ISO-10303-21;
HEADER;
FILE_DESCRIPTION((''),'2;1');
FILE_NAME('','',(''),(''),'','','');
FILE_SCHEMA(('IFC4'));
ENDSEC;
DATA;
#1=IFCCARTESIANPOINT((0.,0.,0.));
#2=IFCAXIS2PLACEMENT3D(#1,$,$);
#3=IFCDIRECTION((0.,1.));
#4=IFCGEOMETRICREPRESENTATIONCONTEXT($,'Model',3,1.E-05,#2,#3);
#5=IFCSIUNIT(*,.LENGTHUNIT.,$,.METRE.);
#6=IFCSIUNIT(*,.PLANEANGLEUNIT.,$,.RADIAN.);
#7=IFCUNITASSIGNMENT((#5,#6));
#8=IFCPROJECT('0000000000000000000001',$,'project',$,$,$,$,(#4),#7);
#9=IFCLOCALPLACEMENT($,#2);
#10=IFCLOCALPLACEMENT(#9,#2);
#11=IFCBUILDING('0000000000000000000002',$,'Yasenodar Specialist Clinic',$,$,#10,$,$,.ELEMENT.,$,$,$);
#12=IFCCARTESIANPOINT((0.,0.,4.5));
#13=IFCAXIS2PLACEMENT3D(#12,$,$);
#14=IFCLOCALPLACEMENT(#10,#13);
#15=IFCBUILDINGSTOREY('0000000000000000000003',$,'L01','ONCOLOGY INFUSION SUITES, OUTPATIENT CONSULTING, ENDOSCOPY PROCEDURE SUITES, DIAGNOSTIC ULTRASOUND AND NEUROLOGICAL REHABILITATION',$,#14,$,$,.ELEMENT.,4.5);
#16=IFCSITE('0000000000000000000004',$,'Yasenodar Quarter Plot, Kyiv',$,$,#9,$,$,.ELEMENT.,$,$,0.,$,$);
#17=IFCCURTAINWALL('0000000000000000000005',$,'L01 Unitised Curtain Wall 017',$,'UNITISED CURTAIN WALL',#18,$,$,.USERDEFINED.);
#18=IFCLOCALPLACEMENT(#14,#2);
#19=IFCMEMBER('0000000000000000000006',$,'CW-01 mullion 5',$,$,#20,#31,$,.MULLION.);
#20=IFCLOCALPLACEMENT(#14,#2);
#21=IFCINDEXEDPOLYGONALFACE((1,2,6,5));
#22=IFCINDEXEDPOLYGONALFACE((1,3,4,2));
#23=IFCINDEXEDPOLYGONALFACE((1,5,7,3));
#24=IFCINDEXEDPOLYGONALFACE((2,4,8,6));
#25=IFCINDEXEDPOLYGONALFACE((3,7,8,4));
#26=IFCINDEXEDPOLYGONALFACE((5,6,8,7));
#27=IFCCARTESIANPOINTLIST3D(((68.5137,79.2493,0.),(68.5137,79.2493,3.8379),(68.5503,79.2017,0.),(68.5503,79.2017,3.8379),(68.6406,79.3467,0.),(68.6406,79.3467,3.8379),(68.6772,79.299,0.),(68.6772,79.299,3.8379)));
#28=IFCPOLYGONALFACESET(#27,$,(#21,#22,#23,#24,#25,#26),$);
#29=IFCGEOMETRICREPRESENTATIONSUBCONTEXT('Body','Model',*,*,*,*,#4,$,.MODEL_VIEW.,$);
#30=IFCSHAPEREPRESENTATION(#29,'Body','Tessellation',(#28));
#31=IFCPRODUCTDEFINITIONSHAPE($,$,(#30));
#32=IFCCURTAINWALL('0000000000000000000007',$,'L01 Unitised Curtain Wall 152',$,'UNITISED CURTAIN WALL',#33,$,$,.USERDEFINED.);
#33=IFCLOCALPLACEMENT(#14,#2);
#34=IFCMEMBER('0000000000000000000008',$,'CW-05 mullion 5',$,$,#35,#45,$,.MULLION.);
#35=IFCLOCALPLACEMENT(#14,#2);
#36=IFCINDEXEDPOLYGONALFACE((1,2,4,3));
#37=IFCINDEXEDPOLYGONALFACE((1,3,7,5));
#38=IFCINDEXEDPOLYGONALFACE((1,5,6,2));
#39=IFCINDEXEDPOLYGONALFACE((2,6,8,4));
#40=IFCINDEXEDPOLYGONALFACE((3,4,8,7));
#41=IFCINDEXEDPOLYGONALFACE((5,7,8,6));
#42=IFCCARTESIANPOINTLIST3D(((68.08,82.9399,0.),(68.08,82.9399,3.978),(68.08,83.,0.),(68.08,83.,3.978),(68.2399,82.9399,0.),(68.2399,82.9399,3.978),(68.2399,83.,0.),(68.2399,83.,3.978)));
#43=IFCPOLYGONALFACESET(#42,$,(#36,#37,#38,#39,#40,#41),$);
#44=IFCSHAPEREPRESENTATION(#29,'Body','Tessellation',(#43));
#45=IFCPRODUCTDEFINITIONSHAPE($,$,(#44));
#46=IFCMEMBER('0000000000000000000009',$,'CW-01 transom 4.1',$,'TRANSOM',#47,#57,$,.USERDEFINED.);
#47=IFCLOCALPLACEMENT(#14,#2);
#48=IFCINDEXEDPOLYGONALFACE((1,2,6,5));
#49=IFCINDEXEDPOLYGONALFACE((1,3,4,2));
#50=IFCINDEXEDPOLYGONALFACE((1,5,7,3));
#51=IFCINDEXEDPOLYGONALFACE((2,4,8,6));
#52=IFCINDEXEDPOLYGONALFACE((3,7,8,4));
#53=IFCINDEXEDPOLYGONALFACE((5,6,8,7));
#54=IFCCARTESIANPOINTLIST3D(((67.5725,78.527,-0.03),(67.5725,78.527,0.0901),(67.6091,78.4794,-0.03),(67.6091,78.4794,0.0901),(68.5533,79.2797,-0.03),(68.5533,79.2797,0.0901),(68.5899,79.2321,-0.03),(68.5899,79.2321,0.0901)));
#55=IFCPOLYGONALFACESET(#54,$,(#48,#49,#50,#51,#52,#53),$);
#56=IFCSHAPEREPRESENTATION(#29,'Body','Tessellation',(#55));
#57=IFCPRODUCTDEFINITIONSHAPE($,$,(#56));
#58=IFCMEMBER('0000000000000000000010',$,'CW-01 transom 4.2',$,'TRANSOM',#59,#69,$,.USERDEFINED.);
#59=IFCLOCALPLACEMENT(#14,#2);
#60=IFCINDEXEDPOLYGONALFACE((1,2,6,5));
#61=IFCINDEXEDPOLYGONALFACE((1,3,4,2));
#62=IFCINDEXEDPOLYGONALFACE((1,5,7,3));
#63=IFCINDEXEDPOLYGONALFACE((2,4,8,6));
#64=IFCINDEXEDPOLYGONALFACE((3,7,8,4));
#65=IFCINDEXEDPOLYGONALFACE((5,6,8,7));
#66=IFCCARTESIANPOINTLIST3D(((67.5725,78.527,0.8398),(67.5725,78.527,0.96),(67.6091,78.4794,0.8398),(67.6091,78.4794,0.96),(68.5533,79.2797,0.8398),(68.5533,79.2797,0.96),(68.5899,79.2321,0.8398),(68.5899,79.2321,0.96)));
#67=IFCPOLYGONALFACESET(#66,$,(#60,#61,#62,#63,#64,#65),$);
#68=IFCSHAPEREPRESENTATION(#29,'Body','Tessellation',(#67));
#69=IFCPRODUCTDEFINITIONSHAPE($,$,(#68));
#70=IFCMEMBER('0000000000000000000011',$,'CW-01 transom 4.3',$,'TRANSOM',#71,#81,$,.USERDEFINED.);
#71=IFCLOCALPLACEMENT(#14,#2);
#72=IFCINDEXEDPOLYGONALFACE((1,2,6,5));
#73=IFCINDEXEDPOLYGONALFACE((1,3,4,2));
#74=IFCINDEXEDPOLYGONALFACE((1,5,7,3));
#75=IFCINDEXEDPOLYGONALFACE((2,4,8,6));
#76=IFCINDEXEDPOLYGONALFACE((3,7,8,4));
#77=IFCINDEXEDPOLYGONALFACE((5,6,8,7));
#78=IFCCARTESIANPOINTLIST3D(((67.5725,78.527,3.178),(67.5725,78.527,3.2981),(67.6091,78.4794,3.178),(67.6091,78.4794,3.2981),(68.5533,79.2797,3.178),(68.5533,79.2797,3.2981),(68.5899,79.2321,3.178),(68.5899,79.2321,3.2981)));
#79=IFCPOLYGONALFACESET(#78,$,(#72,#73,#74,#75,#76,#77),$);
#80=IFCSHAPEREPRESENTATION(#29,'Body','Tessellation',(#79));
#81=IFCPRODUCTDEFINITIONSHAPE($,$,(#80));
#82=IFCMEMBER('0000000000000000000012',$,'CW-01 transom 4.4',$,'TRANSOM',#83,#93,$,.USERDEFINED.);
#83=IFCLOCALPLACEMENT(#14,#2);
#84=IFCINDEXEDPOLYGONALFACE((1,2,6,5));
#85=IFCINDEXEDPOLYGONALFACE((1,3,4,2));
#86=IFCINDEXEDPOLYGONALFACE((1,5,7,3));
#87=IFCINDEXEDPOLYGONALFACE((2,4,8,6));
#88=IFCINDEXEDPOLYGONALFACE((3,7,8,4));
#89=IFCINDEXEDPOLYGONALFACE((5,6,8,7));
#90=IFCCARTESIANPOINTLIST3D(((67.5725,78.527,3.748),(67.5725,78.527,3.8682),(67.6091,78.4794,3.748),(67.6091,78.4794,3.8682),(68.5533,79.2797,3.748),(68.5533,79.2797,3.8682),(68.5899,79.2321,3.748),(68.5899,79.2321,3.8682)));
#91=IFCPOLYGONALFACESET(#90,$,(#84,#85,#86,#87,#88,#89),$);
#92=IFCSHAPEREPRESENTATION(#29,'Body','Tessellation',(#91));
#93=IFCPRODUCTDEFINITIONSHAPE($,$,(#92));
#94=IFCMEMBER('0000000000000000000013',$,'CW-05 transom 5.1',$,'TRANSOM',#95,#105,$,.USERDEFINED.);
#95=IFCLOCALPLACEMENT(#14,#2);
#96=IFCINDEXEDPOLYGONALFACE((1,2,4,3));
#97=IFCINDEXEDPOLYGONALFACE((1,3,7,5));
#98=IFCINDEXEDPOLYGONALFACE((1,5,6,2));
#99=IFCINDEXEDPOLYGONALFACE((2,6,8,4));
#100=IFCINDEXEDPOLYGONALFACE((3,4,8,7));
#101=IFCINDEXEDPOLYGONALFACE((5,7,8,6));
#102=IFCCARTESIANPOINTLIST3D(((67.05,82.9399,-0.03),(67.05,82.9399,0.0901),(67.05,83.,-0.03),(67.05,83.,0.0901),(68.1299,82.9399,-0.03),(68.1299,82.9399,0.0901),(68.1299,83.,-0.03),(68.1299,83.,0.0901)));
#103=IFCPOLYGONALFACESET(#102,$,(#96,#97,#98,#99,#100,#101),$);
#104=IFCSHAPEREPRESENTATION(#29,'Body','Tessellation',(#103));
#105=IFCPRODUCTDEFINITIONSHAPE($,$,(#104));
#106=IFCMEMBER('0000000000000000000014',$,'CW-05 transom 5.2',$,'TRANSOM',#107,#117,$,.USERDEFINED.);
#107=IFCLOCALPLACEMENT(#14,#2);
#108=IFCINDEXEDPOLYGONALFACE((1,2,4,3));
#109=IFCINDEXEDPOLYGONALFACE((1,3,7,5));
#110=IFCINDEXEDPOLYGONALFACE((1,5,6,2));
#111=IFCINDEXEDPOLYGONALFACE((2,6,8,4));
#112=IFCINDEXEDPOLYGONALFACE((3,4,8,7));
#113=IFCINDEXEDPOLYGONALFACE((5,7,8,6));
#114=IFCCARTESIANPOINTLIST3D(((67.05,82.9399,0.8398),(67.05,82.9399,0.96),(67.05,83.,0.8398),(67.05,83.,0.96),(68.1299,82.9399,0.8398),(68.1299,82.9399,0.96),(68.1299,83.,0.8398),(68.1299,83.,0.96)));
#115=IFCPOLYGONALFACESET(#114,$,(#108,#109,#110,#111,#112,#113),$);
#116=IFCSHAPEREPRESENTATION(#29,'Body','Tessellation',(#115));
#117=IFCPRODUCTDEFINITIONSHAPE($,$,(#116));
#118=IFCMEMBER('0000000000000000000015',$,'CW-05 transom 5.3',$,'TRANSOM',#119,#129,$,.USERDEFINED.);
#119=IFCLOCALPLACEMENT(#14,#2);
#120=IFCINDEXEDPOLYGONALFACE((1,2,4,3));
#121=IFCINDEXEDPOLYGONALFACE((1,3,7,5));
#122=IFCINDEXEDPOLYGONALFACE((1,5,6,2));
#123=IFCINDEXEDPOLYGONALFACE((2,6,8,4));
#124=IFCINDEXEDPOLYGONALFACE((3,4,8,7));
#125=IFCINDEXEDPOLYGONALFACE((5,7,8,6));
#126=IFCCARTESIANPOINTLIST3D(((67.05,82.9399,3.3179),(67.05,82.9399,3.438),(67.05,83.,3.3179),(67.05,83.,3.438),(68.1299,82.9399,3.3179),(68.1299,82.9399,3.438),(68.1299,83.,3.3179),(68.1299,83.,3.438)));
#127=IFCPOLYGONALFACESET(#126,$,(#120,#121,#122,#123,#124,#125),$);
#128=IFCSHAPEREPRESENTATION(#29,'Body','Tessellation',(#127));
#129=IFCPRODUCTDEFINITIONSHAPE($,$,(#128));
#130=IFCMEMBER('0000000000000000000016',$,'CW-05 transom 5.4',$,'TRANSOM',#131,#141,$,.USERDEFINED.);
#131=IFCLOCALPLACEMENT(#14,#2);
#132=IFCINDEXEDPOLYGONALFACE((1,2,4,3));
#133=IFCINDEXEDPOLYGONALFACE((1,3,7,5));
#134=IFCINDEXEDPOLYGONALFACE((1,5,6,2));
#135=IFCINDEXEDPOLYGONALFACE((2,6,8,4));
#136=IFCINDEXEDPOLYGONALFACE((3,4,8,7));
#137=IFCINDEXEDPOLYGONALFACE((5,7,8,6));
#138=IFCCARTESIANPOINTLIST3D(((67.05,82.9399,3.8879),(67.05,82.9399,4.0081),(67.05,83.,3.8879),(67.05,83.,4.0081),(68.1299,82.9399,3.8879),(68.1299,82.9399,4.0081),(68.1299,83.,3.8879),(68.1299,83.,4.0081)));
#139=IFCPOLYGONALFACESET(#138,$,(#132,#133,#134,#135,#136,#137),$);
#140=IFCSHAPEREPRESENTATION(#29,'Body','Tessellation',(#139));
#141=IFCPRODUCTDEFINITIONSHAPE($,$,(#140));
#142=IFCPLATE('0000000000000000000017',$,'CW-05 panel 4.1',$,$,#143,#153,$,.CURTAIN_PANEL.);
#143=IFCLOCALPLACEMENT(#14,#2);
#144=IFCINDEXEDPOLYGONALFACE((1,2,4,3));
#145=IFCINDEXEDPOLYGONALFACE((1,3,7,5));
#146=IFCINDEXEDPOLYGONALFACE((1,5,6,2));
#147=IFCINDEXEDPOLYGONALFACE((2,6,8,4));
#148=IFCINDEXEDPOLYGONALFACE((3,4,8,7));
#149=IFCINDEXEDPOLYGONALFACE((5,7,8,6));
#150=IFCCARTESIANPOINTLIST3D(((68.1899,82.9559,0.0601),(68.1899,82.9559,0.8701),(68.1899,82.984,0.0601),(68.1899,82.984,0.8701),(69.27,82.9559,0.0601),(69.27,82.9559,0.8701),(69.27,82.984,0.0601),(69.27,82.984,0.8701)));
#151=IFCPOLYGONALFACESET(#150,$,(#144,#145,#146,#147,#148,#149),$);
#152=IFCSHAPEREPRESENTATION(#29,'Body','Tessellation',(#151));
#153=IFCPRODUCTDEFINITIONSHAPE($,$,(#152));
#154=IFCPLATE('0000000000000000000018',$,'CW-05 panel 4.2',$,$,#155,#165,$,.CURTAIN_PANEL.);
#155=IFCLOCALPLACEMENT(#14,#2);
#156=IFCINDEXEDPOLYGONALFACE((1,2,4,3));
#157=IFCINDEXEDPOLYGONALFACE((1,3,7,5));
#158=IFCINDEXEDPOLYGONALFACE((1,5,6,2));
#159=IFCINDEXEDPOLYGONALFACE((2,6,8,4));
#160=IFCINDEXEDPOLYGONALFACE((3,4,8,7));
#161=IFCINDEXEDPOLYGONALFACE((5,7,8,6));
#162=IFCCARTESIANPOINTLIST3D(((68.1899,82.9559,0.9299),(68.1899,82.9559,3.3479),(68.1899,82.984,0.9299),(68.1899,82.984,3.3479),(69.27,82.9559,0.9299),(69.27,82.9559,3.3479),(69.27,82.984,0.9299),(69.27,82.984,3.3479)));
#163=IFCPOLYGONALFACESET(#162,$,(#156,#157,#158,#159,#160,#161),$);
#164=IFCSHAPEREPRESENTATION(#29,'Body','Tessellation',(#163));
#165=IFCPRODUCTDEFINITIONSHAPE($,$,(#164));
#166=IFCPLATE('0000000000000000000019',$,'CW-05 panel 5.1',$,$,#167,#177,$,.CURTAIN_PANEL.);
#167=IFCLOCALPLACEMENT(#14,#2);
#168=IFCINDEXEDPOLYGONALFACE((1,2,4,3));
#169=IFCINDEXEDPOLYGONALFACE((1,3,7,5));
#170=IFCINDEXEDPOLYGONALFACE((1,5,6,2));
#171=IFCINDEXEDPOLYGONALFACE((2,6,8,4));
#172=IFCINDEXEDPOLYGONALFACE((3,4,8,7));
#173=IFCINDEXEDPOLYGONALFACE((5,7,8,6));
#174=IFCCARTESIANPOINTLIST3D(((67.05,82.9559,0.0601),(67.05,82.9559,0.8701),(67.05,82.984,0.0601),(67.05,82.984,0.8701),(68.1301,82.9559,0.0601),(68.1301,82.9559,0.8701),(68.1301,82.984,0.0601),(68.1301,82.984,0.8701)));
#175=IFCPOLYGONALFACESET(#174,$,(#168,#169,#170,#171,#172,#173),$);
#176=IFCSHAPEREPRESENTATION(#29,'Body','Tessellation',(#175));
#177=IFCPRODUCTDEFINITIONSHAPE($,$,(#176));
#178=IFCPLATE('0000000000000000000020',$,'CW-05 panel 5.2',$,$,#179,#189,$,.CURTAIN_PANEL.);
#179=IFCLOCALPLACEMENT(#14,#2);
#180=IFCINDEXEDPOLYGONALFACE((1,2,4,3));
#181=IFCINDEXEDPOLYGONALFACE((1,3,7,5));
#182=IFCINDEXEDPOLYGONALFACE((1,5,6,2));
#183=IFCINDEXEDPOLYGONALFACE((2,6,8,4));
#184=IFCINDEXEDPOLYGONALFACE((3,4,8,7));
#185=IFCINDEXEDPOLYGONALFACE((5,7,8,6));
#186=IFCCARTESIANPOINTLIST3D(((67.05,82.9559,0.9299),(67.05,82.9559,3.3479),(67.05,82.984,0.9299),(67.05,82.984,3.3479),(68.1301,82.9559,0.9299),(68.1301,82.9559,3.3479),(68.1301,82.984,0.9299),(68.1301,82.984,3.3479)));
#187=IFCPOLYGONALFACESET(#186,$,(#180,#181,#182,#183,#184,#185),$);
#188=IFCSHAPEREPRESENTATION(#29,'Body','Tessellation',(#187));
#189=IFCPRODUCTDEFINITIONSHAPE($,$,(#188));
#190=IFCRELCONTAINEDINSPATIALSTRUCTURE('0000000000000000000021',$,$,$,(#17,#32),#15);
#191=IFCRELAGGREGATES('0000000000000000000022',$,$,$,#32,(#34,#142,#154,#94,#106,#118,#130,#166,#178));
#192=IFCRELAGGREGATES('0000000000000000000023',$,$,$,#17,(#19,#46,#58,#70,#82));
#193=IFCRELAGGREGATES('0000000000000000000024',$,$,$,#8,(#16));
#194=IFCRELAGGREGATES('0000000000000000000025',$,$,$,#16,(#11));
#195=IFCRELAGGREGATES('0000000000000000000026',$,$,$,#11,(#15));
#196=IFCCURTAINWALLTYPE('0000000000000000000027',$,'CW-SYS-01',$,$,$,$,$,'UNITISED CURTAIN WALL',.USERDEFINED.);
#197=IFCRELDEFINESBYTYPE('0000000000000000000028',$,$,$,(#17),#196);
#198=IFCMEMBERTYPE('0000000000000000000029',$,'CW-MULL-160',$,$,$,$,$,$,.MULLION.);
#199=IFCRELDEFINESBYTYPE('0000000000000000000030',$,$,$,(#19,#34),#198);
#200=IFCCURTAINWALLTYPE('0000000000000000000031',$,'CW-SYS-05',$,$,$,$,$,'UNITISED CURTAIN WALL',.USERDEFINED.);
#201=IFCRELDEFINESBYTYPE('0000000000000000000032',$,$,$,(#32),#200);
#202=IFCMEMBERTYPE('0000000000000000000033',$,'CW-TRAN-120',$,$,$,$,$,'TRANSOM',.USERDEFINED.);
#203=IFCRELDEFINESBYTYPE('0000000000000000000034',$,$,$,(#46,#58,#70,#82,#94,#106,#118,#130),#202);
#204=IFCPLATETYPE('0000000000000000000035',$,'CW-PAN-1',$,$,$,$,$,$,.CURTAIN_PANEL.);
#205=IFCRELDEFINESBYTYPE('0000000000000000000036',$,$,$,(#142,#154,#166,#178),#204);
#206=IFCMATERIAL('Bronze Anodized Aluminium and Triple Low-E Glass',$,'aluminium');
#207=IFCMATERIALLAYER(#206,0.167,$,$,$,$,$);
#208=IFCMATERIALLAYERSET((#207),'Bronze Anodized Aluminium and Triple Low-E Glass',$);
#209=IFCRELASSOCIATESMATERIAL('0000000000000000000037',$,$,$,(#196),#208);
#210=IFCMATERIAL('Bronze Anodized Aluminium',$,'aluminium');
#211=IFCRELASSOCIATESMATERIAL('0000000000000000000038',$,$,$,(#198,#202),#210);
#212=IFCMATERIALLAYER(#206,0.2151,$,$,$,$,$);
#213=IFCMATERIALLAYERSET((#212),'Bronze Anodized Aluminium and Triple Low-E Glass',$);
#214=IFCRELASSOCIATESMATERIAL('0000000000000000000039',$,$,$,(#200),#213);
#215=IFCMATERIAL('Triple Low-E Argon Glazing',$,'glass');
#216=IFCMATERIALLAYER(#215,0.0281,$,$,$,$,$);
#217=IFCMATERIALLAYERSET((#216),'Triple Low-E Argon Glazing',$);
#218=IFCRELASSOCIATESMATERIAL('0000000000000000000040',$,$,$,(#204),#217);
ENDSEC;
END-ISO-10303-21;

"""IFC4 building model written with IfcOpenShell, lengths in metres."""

from ifc_helpers import new_model, si_unit, direction, frame, origin, origin_2d, place, context, subcontext, project, spatial, rectangle, extrude, material, layer, layer_set, material_profile, profile_set, type_object, element, aggregate, save


model = new_model("IFC4")

# Units and contexts
model_context = context("Model", 3, precision=1e-05, world=origin(), true_north=direction((0.0, 1.0)))
body_context = subcontext(model_context, "Body", "Model", "MODEL_VIEW")
ifc_project = project(units=[si_unit("LENGTHUNIT", "METRE"), si_unit("PLANEANGLEUNIT", "RADIAN")], contexts=[model_context])

# Site, building, storey
site_placement = place(None, origin())
site = spatial("IfcSite", under=ifc_project, at=site_placement, Name="Yasenodar Quarter Plot, Kyiv", CompositionType="ELEMENT", RefElevation=0.0)
building_placement = place(site_placement, origin())
building = spatial("IfcBuilding", under=site, at=building_placement, Name="Yasenodar Specialist Clinic", CompositionType="ELEMENT")
storey_placement = place(building_placement, frame((0.0, 0.0, 4.5)))
storey = spatial("IfcBuildingStorey", under=building, at=storey_placement, Name="L01", Description="ONCOLOGY INFUSION SUITES, OUTPATIENT CONSULTING, ENDOSCOPY PROCEDURE SUITES, DIAGNOSTIC ULTRASOUND AND NEUROLOGICAL REHABILITATION", CompositionType="ELEMENT", Elevation=4.5)

# Curtain walls, members
ifc_material_1 = material(Name="Bronze Anodized Aluminium and Triple Low-E Glass", Category="aluminium")
ifc_layer_1 = layer(ifc_material_1, 0.167)
ifc_layer_set_1 = layer_set([ifc_layer_1], Name="Bronze Anodized Aluminium and Triple Low-E Glass")
curtain_wall_type_1 = type_object("IfcCurtainWallType", Name="CW-SYS-01", ElementType="UNITISED CURTAIN WALL", PredefinedType="USERDEFINED", material=ifc_layer_set_1)
curtain_wall_1_placement = place(storey_placement, origin())
curtain_wall_1 = element("IfcCurtainWall", 1, at=curtain_wall_1_placement, inside=storey, type_object=curtain_wall_type_1, Name="L01 Unitised Curtain Wall 017", ObjectType="UNITISED CURTAIN WALL", PredefinedType="USERDEFINED")
ifc_material_2 = material(Name="Bronze Anodized Aluminium", Category="aluminium")
ifc_material_profile_1 = material_profile(ifc_material_2, rectangle(XDim=0.0601, YDim=0.1599, at=origin_2d()), Name="CW-MULL 60x160")
ifc_profile_set_1 = profile_set([ifc_material_profile_1], Name="Bronze Anodized Aluminium")
member_type_1 = type_object("IfcMemberType", Name="CW-MULL-160", PredefinedType="MULLION", material=ifc_profile_set_1)
member_1_placement = place(storey_placement, frame((68.5955, 79.2742, 0.0), z_axis=(0.0, 0.0, 1.0), x_axis=(-0.608752, 0.793361, 0.0)))
member_1 = element("IfcMember", 2, at=member_1_placement, type_object=member_type_1, Name="CW-01 mullion 5", PredefinedType="MULLION", context=body_context, shape_type="SweptSolid", body=[
    extrude(rectangle(XDim=0.0601, YDim=0.1599, at=origin_2d()), origin(), (0.0, 0.0, 1.0), 3.8379),
])
ifc_layer_2 = layer(ifc_material_1, 0.2151)
ifc_layer_set_2 = layer_set([ifc_layer_2], Name="Bronze Anodized Aluminium and Triple Low-E Glass")
curtain_wall_type_2 = type_object("IfcCurtainWallType", Name="CW-SYS-05", ElementType="UNITISED CURTAIN WALL", PredefinedType="USERDEFINED", material=ifc_layer_set_2)
curtain_wall_2_placement = place(storey_placement, origin())
curtain_wall_2 = element("IfcCurtainWall", 3, at=curtain_wall_2_placement, inside=storey, type_object=curtain_wall_type_2, Name="L01 Unitised Curtain Wall 152", ObjectType="UNITISED CURTAIN WALL", PredefinedType="USERDEFINED")
member_2_placement = place(storey_placement, frame((68.1599, 82.97, 0.0), z_axis=(0.0, 0.0, 1.0), x_axis=(0.0, -1.0, 0.0)))
member_2 = element("IfcMember", 4, at=member_2_placement, type_object=member_type_1, Name="CW-05 mullion 5", PredefinedType="MULLION", context=body_context, shape_type="SweptSolid", body=[
    extrude(rectangle(XDim=0.0601, YDim=0.1599, at=origin_2d()), origin(), (0.0, 0.0, 1.0), 3.978),
])

# Members
ifc_material_profile_2 = material_profile(ifc_material_2, rectangle(XDim=0.0601, YDim=0.1201, at=origin_2d()), Name="CW-TRAN 60x120")
ifc_profile_set_2 = profile_set([ifc_material_profile_2], Name="Bronze Anodized Aluminium")
member_type_2 = type_object("IfcMemberType", Name="CW-TRAN-120", ElementType="TRANSOM", PredefinedType="USERDEFINED", material=ifc_profile_set_2)
member_3_placement = place(storey_placement, frame((67.5908, 78.5032, 0.03), z_axis=(0.793292, 0.608842, 0.0), x_axis=(-0.608842, 0.793292, 0.0)))
member_3 = element("IfcMember", 5, at=member_3_placement, type_object=member_type_2, Name="CW-01 transom 4.1", ObjectType="TRANSOM", PredefinedType="USERDEFINED", context=body_context, shape_type="SweptSolid", body=[
    extrude(rectangle(XDim=0.0601, YDim=0.1201, at=origin_2d()), origin(), (0.0, 0.0, 1.0), 1.2363),
])
member_4_placement = place(storey_placement, frame((67.5908, 78.5032, 0.8999), z_axis=(0.793292, 0.608842, 0.0), x_axis=(-0.608842, 0.793292, 0.0)))
member_4 = element("IfcMember", 6, at=member_4_placement, type_object=member_type_2, Name="CW-01 transom 4.2", ObjectType="TRANSOM", PredefinedType="USERDEFINED", context=body_context, shape_type="SweptSolid", body=[
    extrude(rectangle(XDim=0.0601, YDim=0.1201, at=origin_2d()), origin(), (0.0, 0.0, 1.0), 1.2363),
])
member_5_placement = place(storey_placement, frame((67.5908, 78.5032, 3.238), z_axis=(0.793292, 0.608842, 0.0), x_axis=(-0.608842, 0.793292, 0.0)))
member_5 = element("IfcMember", 7, at=member_5_placement, type_object=member_type_2, Name="CW-01 transom 4.3", ObjectType="TRANSOM", PredefinedType="USERDEFINED", context=body_context, shape_type="SweptSolid", body=[
    extrude(rectangle(XDim=0.0601, YDim=0.1201, at=origin_2d()), origin(), (0.0, 0.0, 1.0), 1.2363),
])
member_6_placement = place(storey_placement, frame((67.5908, 78.5032, 3.8081), z_axis=(0.793292, 0.608842, 0.0), x_axis=(-0.608842, 0.793292, 0.0)))
member_6 = element("IfcMember", 8, at=member_6_placement, type_object=member_type_2, Name="CW-01 transom 4.4", ObjectType="TRANSOM", PredefinedType="USERDEFINED", context=body_context, shape_type="SweptSolid", body=[
    extrude(rectangle(XDim=0.0601, YDim=0.1201, at=origin_2d()), origin(), (0.0, 0.0, 1.0), 1.2363),
])
member_7_placement = place(storey_placement, frame((68.1299, 82.97, 0.03), z_axis=(-1.0, 0.0, 0.0), x_axis=(0.0, -1.0, 0.0)))
member_7 = element("IfcMember", 9, at=member_7_placement, type_object=member_type_2, Name="CW-05 transom 5.1", ObjectType="TRANSOM", PredefinedType="USERDEFINED", context=body_context, shape_type="SweptSolid", body=[
    extrude(rectangle(XDim=0.0601, YDim=0.1201, at=origin_2d()), origin(), (0.0, 0.0, 1.0), 1.0798),
])
member_8_placement = place(storey_placement, frame((68.1299, 82.97, 0.8999), z_axis=(-1.0, 0.0, 0.0), x_axis=(0.0, -1.0, 0.0)))
member_8 = element("IfcMember", 10, at=member_8_placement, type_object=member_type_2, Name="CW-05 transom 5.2", ObjectType="TRANSOM", PredefinedType="USERDEFINED", context=body_context, shape_type="SweptSolid", body=[
    extrude(rectangle(XDim=0.0601, YDim=0.1201, at=origin_2d()), origin(), (0.0, 0.0, 1.0), 1.0798),
])
member_9_placement = place(storey_placement, frame((68.1299, 82.97, 3.3779), z_axis=(-1.0, 0.0, 0.0), x_axis=(0.0, -1.0, 0.0)))
member_9 = element("IfcMember", 11, at=member_9_placement, type_object=member_type_2, Name="CW-05 transom 5.3", ObjectType="TRANSOM", PredefinedType="USERDEFINED", context=body_context, shape_type="SweptSolid", body=[
    extrude(rectangle(XDim=0.0601, YDim=0.1201, at=origin_2d()), origin(), (0.0, 0.0, 1.0), 1.0798),
])
member_10_placement = place(storey_placement, frame((68.1299, 82.97, 3.948), z_axis=(-1.0, 0.0, 0.0), x_axis=(0.0, -1.0, 0.0)))
member_10 = element("IfcMember", 12, at=member_10_placement, type_object=member_type_2, Name="CW-05 transom 5.4", ObjectType="TRANSOM", PredefinedType="USERDEFINED", context=body_context, shape_type="SweptSolid", body=[
    extrude(rectangle(XDim=0.0601, YDim=0.1201, at=origin_2d()), origin(), (0.0, 0.0, 1.0), 1.0798),
])

# Plates
ifc_material_3 = material(Name="Triple Low-E Argon Glazing", Category="glass")
ifc_layer_3 = layer(ifc_material_3, 0.0281)
ifc_layer_set_3 = layer_set([ifc_layer_3], Name="Triple Low-E Argon Glazing")
plate_type_1 = type_object("IfcPlateType", Name="CW-PAN-1", PredefinedType="CURTAIN_PANEL", material=ifc_layer_set_3)
plate_1_placement = place(storey_placement, frame((68.73, 82.97, 0.0601), z_axis=(0.0, 0.0, 1.0), x_axis=(-1.0, 0.0, 0.0)))
plate_1 = element("IfcPlate", 13, at=plate_1_placement, type_object=plate_type_1, Name="CW-05 panel 4.1", PredefinedType="CURTAIN_PANEL", context=body_context, shape_type="SweptSolid", body=[
    extrude(rectangle(XDim=1.0801, YDim=0.0281, at=origin_2d()), origin(), (0.0, 0.0, 1.0), 0.8101),
])
plate_2_placement = place(storey_placement, frame((68.73, 82.97, 0.9299), z_axis=(0.0, 0.0, 1.0), x_axis=(-1.0, 0.0, 0.0)))
plate_2 = element("IfcPlate", 14, at=plate_2_placement, type_object=plate_type_1, Name="CW-05 panel 4.2", PredefinedType="CURTAIN_PANEL", context=body_context, shape_type="SweptSolid", body=[
    extrude(rectangle(XDim=1.0801, YDim=0.0281, at=origin_2d()), origin(), (0.0, 0.0, 1.0), 2.418),
])
plate_3_placement = place(storey_placement, frame((67.5901, 82.97, 0.0601), z_axis=(0.0, 0.0, 1.0), x_axis=(-1.0, 0.0, 0.0)))
plate_3 = element("IfcPlate", 15, at=plate_3_placement, type_object=plate_type_1, Name="CW-05 panel 5.1", PredefinedType="CURTAIN_PANEL", context=body_context, shape_type="SweptSolid", body=[
    extrude(rectangle(XDim=1.0801, YDim=0.0281, at=origin_2d()), origin(), (0.0, 0.0, 1.0), 0.8101),
])
plate_4_placement = place(storey_placement, frame((67.5901, 82.97, 0.9299), z_axis=(0.0, 0.0, 1.0), x_axis=(-1.0, 0.0, 0.0)))
plate_4 = element("IfcPlate", 16, at=plate_4_placement, type_object=plate_type_1, Name="CW-05 panel 5.2", PredefinedType="CURTAIN_PANEL", context=body_context, shape_type="SweptSolid", body=[
    extrude(rectangle(XDim=1.0801, YDim=0.0281, at=origin_2d()), origin(), (0.0, 0.0, 1.0), 2.418),
])
aggregate(curtain_wall_2, [member_2, plate_1, plate_2, member_7, member_8, member_9, member_10, plate_3, plate_4])
aggregate(curtain_wall_1, [member_1, member_3, member_4, member_5, member_6])

save(model, "model.ifc")
